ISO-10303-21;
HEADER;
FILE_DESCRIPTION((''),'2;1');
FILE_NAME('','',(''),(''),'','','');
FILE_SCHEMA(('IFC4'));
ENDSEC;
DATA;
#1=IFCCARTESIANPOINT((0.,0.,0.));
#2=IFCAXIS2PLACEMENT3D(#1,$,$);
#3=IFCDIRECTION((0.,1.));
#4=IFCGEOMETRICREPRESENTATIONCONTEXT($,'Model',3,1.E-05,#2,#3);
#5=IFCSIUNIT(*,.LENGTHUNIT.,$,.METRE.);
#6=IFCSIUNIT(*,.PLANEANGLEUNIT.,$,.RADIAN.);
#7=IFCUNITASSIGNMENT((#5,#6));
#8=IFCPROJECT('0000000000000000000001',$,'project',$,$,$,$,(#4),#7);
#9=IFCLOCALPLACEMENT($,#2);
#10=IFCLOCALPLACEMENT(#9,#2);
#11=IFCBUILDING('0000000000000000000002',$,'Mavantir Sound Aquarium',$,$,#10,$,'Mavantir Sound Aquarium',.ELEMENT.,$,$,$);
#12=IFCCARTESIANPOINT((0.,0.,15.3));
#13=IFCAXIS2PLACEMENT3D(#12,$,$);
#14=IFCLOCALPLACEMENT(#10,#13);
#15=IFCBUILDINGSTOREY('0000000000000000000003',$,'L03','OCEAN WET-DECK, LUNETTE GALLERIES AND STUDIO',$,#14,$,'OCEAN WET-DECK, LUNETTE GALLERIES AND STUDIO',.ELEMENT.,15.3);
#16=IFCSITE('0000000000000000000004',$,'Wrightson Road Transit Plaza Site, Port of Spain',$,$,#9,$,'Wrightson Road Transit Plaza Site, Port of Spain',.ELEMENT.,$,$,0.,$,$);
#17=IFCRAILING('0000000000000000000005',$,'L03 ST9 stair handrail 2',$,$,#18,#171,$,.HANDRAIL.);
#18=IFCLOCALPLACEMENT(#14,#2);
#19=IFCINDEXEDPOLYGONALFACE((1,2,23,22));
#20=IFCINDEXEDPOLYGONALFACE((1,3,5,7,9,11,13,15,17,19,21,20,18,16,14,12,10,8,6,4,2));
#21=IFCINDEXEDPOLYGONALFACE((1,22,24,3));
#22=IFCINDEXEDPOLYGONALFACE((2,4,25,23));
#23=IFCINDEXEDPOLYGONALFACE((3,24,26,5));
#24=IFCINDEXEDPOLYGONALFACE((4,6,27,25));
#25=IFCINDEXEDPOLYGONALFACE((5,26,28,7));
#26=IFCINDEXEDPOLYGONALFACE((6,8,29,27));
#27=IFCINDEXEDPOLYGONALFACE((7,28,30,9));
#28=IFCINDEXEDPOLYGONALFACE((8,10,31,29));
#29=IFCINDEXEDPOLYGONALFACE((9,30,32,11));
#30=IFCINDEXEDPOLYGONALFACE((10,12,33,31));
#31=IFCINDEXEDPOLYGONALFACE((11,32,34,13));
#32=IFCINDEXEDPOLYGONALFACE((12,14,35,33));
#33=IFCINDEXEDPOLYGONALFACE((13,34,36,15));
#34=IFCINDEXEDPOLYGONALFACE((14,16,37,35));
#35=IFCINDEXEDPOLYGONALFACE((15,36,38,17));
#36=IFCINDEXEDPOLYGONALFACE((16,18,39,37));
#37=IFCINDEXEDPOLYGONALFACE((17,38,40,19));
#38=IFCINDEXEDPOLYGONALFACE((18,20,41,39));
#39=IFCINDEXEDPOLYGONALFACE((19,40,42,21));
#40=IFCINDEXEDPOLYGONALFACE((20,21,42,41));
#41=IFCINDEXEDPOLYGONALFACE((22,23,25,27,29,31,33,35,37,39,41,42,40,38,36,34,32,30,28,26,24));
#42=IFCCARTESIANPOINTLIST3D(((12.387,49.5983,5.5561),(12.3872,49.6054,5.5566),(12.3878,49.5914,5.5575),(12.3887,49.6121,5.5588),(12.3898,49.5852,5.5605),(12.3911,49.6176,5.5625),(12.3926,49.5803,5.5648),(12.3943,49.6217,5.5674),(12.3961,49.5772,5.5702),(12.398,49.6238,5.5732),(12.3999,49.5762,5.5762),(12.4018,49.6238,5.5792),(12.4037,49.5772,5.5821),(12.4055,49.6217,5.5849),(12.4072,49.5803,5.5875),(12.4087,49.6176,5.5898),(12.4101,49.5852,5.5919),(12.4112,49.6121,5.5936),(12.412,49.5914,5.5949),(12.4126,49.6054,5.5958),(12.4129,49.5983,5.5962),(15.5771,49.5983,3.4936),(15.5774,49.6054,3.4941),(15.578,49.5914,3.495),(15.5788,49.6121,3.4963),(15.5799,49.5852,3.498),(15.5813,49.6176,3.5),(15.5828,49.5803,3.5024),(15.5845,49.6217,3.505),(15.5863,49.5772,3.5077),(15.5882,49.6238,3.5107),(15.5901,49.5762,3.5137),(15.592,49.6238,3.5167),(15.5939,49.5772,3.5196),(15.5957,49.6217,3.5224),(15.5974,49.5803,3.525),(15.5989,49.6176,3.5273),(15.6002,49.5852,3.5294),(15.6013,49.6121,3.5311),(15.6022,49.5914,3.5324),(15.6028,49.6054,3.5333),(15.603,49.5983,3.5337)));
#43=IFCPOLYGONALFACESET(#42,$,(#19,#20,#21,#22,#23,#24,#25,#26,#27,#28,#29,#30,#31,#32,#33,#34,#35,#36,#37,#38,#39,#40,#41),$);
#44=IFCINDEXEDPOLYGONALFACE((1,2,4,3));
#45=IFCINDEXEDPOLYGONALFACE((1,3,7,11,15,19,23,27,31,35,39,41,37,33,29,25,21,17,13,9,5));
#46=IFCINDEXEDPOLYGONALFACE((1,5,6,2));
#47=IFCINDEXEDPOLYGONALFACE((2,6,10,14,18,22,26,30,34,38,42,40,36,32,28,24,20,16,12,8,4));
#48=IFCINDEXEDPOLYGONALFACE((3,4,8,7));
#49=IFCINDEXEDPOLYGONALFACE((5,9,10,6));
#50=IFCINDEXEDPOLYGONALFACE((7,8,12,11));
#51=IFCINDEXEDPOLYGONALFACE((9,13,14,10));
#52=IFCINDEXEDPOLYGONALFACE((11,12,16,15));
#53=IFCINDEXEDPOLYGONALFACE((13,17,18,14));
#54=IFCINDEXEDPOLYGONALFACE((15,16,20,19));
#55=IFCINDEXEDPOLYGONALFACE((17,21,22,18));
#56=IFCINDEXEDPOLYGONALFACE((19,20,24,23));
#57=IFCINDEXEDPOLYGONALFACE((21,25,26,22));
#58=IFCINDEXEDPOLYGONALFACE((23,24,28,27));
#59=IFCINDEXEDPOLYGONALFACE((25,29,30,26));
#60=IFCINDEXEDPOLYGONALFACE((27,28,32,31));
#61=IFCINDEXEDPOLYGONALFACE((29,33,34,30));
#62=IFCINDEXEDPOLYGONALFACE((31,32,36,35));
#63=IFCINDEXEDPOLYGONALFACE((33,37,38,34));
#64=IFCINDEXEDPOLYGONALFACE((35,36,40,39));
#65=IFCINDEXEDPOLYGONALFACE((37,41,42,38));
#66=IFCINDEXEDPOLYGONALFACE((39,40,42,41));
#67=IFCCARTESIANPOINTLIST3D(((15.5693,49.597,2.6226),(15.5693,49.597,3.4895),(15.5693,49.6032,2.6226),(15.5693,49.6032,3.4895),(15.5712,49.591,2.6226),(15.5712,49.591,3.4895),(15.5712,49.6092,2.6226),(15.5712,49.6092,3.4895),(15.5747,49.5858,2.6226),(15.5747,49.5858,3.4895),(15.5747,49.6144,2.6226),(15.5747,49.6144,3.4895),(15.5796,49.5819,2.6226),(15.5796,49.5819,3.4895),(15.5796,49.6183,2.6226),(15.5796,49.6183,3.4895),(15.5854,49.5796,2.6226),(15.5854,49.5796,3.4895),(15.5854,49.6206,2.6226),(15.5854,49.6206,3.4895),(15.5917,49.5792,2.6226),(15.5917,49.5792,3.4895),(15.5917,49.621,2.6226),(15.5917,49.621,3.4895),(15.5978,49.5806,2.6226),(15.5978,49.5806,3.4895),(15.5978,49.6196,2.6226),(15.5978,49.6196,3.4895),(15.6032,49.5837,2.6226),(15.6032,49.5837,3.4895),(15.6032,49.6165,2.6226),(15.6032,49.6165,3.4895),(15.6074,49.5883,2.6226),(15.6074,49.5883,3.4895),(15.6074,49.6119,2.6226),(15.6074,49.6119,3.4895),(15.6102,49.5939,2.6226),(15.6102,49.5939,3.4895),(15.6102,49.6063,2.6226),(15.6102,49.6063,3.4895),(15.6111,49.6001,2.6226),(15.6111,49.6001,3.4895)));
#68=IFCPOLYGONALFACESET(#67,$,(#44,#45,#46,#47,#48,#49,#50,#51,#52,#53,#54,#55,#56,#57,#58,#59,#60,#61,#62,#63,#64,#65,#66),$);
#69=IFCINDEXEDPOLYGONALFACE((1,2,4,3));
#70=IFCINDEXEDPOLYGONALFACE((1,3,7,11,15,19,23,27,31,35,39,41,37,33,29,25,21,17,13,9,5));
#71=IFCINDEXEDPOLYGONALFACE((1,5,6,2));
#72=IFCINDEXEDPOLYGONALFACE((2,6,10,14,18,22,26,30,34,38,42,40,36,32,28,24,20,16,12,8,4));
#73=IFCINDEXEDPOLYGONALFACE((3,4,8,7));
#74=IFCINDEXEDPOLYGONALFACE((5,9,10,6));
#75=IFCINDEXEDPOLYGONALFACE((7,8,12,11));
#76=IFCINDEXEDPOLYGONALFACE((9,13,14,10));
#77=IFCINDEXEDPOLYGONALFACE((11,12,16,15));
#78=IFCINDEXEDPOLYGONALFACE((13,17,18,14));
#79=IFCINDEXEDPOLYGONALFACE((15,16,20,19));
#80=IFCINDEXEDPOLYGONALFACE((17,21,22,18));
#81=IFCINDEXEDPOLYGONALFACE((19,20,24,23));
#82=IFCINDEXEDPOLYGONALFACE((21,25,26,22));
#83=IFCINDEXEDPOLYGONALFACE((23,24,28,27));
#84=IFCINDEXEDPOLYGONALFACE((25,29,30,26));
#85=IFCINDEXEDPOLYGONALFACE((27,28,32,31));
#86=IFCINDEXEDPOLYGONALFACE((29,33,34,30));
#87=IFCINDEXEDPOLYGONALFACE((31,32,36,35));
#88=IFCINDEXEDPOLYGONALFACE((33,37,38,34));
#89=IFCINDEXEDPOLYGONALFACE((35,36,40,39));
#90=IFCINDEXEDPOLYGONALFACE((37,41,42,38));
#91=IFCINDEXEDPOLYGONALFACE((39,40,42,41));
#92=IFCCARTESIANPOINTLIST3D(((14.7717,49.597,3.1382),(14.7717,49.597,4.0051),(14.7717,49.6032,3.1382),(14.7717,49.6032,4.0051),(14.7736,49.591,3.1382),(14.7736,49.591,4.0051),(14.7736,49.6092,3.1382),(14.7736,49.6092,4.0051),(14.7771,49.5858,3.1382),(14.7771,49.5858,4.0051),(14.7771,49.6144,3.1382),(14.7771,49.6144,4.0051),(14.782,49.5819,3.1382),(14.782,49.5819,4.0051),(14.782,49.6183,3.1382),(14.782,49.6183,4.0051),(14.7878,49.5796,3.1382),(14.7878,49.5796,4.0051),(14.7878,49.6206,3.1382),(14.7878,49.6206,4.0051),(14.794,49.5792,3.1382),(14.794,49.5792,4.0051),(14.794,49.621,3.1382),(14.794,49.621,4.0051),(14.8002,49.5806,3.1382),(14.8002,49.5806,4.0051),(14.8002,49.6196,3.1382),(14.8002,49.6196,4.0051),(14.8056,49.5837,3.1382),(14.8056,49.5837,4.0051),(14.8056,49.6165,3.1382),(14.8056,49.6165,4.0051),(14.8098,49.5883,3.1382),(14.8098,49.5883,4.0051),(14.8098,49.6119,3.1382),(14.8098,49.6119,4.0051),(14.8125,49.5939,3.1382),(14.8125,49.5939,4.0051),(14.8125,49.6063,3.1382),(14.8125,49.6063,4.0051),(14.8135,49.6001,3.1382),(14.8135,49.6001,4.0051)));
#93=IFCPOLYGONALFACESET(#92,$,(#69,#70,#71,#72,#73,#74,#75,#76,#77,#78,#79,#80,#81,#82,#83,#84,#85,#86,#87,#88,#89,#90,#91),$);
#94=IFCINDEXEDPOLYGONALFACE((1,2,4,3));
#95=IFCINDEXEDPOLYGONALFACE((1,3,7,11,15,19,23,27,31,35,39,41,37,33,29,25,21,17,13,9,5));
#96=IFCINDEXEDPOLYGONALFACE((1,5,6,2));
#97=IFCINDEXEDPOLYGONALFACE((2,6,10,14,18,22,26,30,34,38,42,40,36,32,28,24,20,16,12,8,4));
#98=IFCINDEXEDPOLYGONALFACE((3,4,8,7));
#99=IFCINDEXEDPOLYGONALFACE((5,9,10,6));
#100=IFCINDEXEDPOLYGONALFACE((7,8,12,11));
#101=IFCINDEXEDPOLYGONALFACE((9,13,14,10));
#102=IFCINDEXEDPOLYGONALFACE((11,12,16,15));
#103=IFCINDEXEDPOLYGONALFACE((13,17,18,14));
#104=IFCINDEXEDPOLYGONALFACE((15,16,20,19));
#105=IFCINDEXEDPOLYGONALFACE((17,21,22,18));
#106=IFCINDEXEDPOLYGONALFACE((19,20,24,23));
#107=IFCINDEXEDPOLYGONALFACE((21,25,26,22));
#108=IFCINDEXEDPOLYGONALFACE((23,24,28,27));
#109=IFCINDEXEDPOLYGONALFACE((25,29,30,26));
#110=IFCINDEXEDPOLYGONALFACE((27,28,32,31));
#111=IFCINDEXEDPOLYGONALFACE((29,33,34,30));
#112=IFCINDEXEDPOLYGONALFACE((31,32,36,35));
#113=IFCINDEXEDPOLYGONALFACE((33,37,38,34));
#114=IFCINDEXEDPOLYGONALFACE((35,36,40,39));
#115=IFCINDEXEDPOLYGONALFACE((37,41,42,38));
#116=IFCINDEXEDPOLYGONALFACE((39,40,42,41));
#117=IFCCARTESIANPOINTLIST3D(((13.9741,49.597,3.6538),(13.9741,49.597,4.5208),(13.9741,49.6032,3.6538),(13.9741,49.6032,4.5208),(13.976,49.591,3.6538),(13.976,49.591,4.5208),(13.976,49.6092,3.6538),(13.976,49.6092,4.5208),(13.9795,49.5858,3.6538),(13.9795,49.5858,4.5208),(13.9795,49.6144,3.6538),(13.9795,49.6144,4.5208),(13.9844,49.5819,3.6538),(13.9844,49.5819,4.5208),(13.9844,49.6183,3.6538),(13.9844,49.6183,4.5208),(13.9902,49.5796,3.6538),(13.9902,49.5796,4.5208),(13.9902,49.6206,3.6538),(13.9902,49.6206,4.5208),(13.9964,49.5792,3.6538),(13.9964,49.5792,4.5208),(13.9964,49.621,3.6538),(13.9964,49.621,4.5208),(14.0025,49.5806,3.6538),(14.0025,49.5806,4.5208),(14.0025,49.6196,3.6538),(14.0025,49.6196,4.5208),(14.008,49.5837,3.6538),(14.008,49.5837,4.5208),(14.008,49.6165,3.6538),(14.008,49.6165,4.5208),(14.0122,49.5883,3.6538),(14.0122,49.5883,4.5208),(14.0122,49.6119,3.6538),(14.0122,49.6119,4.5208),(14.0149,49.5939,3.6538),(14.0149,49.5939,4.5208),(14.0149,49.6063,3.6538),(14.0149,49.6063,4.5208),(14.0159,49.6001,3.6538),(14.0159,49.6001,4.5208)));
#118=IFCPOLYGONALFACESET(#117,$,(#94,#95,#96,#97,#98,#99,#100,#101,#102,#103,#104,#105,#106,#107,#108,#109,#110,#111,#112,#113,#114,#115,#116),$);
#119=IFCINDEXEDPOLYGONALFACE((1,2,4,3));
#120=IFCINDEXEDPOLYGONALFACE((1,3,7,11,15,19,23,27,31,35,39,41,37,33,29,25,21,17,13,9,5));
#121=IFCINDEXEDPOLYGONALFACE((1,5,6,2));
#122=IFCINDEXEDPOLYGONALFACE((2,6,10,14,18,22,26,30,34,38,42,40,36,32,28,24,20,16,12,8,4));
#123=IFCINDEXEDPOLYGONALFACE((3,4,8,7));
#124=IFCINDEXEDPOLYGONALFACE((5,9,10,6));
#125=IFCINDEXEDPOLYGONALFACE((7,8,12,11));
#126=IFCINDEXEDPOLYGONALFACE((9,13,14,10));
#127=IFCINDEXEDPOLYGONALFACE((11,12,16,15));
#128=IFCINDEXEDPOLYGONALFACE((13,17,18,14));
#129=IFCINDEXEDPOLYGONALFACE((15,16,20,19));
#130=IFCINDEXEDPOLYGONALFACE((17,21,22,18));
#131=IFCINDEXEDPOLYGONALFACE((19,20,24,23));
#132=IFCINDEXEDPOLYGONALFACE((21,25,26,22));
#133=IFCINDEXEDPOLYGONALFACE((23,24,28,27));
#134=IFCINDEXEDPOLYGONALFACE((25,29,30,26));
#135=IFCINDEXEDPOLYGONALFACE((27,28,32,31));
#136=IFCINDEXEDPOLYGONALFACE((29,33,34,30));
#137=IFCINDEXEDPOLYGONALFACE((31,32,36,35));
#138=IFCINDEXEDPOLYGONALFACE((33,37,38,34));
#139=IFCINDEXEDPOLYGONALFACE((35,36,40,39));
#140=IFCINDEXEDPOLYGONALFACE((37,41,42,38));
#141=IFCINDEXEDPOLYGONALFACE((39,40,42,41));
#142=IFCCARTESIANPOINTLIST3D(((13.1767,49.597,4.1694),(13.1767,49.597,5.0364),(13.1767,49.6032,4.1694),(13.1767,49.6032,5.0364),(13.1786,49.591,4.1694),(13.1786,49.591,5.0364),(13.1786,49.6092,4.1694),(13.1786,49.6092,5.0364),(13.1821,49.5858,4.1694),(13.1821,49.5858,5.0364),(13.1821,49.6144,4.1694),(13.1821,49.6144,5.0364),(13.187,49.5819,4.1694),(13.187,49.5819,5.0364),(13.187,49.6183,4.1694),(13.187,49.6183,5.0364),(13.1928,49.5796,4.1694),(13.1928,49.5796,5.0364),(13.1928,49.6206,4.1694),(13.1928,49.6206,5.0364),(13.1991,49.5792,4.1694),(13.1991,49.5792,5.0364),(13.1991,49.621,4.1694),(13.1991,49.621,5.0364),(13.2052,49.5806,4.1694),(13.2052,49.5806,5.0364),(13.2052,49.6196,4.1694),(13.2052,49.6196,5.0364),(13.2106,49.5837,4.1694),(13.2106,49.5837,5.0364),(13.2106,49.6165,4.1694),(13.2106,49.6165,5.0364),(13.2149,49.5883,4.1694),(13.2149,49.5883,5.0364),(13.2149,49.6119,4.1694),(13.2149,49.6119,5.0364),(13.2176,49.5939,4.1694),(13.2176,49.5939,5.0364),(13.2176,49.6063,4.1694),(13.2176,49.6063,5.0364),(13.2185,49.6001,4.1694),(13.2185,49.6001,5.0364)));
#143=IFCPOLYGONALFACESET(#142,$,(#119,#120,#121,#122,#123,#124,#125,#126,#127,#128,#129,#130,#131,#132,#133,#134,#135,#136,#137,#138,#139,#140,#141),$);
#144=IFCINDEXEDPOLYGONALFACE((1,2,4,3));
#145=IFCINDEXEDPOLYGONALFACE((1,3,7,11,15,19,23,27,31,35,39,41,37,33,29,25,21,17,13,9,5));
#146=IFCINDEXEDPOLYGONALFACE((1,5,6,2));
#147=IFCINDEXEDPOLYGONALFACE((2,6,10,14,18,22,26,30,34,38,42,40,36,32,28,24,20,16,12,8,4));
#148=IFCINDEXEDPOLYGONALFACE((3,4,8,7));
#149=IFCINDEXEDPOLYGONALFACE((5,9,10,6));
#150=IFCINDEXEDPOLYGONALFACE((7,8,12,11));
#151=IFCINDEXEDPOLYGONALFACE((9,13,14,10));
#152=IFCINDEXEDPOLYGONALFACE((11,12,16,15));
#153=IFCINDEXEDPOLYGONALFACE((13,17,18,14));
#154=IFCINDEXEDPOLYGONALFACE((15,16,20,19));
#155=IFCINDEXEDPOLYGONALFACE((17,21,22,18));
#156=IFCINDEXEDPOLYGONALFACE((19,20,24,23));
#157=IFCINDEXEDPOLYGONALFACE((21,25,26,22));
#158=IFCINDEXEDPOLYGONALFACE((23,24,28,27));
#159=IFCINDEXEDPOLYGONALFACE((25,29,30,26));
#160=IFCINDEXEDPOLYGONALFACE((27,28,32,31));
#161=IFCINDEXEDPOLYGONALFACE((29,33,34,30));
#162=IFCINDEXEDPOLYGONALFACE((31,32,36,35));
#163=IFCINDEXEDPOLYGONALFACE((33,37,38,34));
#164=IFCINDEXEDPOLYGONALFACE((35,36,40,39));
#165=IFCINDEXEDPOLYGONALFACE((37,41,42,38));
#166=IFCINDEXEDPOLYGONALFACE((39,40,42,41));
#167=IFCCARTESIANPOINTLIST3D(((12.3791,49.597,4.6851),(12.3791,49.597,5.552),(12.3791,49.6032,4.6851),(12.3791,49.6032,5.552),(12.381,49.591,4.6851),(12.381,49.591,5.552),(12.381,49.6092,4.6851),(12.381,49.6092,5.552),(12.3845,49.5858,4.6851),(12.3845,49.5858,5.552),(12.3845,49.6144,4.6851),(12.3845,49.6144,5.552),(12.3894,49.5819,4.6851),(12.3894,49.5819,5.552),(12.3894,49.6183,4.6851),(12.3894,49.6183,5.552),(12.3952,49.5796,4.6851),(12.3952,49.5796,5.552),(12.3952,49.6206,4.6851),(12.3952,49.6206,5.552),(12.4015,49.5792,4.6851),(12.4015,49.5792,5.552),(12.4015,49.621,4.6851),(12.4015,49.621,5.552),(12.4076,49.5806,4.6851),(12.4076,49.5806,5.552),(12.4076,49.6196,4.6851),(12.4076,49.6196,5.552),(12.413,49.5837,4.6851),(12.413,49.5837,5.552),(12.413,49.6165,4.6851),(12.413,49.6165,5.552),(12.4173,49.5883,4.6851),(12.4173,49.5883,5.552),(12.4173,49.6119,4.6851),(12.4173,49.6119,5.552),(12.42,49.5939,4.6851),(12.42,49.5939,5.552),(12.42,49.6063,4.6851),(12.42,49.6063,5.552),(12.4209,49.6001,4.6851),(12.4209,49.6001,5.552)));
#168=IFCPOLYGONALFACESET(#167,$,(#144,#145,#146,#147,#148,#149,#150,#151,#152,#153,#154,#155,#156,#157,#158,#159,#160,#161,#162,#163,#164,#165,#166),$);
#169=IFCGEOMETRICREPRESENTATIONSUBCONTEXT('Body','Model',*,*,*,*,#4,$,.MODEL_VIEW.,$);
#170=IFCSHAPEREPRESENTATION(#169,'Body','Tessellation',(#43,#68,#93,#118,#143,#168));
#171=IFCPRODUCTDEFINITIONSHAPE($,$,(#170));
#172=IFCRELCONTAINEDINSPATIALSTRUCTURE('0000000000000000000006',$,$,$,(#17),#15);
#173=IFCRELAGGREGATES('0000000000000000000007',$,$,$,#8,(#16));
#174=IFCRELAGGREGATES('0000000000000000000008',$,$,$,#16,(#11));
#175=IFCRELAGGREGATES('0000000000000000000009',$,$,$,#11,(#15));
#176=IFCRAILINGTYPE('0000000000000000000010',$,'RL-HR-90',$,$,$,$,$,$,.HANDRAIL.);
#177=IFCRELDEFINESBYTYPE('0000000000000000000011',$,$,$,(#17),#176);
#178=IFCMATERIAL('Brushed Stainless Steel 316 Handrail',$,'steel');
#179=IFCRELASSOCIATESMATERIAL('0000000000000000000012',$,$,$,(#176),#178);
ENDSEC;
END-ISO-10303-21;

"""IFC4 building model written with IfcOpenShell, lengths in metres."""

from ifc_helpers import new_model, si_unit, direction, frame, origin, origin_2d, place, context, subcontext, project, spatial, circle, extrude, material, type_object, element, save


model = new_model("IFC4")

# Units and contexts
model_context = context("Model", 3, precision=1e-05, world=origin(), true_north=direction((0.0, 1.0)))
body_context = subcontext(model_context, "Body", "Model", "MODEL_VIEW")
ifc_project = project(units=[si_unit("LENGTHUNIT", "METRE"), si_unit("PLANEANGLEUNIT", "RADIAN")], contexts=[model_context])

# Site, building, storey
site_placement = place(None, origin())
site = spatial("IfcSite", under=ifc_project, at=site_placement, Name="Wrightson Road Transit Plaza Site, Port of Spain", LongName="Wrightson Road Transit Plaza Site, Port of Spain", CompositionType="ELEMENT", RefElevation=0.0)
building_placement = place(site_placement, origin())
building = spatial("IfcBuilding", under=site, at=building_placement, Name="Mavantir Sound Aquarium", LongName="Mavantir Sound Aquarium", CompositionType="ELEMENT")
storey_placement = place(building_placement, frame((0.0, 0.0, 15.3)))
storey = spatial("IfcBuildingStorey", under=building, at=storey_placement, Name="L03", Description="OCEAN WET-DECK, LUNETTE GALLERIES AND STUDIO", LongName="OCEAN WET-DECK, LUNETTE GALLERIES AND STUDIO", CompositionType="ELEMENT", Elevation=15.3)

# Railing
ifc_material_1 = material(Name="Brushed Stainless Steel 316 Handrail", Category="steel")
railing_type_1 = type_object("IfcRailingType", Name="RL-HR-90", PredefinedType="HANDRAIL", material=ifc_material_1)
railing_1_placement = place(storey_placement, frame((15.5901, 49.6001, 2.6226)))
element("IfcRailing", 1, at=railing_1_placement, inside=storey, type_object=railing_type_1, Name="L03 ST9 stair handrail 2", PredefinedType="HANDRAIL", context=body_context, shape_type="SweptSolid", body=[
    extrude(circle(Radius=0.0239, at=origin_2d()), frame((0.0, 0.0, 0.8911), z_axis=(-0.839779, 0.0, 0.542929), x_axis=(0.0, -1.0, 0.0)), (0.0, 0.0, 1.0), 3.7988),
    extrude(circle(Radius=0.021, at=origin_2d()), origin(), (0.0, 0.0, 1.0), 0.8669),
    extrude(circle(Radius=0.021, at=origin_2d()), frame((-0.7976, 0.0, 0.5156)), (0.0, 0.0, 1.0), 0.8669),
    extrude(circle(Radius=0.021, at=origin_2d()), frame((-1.5952, 0.0, 1.0312)), (0.0, 0.0, 1.0), 0.8669),
    extrude(circle(Radius=0.021, at=origin_2d()), frame((-2.3926, 0.0, 1.5469)), (0.0, 0.0, 1.0), 0.8669),
    extrude(circle(Radius=0.021, at=origin_2d()), frame((-3.1902, 0.0, 2.0625)), (0.0, 0.0, 1.0), 0.8669),
])

save(model, "model.ifc")
